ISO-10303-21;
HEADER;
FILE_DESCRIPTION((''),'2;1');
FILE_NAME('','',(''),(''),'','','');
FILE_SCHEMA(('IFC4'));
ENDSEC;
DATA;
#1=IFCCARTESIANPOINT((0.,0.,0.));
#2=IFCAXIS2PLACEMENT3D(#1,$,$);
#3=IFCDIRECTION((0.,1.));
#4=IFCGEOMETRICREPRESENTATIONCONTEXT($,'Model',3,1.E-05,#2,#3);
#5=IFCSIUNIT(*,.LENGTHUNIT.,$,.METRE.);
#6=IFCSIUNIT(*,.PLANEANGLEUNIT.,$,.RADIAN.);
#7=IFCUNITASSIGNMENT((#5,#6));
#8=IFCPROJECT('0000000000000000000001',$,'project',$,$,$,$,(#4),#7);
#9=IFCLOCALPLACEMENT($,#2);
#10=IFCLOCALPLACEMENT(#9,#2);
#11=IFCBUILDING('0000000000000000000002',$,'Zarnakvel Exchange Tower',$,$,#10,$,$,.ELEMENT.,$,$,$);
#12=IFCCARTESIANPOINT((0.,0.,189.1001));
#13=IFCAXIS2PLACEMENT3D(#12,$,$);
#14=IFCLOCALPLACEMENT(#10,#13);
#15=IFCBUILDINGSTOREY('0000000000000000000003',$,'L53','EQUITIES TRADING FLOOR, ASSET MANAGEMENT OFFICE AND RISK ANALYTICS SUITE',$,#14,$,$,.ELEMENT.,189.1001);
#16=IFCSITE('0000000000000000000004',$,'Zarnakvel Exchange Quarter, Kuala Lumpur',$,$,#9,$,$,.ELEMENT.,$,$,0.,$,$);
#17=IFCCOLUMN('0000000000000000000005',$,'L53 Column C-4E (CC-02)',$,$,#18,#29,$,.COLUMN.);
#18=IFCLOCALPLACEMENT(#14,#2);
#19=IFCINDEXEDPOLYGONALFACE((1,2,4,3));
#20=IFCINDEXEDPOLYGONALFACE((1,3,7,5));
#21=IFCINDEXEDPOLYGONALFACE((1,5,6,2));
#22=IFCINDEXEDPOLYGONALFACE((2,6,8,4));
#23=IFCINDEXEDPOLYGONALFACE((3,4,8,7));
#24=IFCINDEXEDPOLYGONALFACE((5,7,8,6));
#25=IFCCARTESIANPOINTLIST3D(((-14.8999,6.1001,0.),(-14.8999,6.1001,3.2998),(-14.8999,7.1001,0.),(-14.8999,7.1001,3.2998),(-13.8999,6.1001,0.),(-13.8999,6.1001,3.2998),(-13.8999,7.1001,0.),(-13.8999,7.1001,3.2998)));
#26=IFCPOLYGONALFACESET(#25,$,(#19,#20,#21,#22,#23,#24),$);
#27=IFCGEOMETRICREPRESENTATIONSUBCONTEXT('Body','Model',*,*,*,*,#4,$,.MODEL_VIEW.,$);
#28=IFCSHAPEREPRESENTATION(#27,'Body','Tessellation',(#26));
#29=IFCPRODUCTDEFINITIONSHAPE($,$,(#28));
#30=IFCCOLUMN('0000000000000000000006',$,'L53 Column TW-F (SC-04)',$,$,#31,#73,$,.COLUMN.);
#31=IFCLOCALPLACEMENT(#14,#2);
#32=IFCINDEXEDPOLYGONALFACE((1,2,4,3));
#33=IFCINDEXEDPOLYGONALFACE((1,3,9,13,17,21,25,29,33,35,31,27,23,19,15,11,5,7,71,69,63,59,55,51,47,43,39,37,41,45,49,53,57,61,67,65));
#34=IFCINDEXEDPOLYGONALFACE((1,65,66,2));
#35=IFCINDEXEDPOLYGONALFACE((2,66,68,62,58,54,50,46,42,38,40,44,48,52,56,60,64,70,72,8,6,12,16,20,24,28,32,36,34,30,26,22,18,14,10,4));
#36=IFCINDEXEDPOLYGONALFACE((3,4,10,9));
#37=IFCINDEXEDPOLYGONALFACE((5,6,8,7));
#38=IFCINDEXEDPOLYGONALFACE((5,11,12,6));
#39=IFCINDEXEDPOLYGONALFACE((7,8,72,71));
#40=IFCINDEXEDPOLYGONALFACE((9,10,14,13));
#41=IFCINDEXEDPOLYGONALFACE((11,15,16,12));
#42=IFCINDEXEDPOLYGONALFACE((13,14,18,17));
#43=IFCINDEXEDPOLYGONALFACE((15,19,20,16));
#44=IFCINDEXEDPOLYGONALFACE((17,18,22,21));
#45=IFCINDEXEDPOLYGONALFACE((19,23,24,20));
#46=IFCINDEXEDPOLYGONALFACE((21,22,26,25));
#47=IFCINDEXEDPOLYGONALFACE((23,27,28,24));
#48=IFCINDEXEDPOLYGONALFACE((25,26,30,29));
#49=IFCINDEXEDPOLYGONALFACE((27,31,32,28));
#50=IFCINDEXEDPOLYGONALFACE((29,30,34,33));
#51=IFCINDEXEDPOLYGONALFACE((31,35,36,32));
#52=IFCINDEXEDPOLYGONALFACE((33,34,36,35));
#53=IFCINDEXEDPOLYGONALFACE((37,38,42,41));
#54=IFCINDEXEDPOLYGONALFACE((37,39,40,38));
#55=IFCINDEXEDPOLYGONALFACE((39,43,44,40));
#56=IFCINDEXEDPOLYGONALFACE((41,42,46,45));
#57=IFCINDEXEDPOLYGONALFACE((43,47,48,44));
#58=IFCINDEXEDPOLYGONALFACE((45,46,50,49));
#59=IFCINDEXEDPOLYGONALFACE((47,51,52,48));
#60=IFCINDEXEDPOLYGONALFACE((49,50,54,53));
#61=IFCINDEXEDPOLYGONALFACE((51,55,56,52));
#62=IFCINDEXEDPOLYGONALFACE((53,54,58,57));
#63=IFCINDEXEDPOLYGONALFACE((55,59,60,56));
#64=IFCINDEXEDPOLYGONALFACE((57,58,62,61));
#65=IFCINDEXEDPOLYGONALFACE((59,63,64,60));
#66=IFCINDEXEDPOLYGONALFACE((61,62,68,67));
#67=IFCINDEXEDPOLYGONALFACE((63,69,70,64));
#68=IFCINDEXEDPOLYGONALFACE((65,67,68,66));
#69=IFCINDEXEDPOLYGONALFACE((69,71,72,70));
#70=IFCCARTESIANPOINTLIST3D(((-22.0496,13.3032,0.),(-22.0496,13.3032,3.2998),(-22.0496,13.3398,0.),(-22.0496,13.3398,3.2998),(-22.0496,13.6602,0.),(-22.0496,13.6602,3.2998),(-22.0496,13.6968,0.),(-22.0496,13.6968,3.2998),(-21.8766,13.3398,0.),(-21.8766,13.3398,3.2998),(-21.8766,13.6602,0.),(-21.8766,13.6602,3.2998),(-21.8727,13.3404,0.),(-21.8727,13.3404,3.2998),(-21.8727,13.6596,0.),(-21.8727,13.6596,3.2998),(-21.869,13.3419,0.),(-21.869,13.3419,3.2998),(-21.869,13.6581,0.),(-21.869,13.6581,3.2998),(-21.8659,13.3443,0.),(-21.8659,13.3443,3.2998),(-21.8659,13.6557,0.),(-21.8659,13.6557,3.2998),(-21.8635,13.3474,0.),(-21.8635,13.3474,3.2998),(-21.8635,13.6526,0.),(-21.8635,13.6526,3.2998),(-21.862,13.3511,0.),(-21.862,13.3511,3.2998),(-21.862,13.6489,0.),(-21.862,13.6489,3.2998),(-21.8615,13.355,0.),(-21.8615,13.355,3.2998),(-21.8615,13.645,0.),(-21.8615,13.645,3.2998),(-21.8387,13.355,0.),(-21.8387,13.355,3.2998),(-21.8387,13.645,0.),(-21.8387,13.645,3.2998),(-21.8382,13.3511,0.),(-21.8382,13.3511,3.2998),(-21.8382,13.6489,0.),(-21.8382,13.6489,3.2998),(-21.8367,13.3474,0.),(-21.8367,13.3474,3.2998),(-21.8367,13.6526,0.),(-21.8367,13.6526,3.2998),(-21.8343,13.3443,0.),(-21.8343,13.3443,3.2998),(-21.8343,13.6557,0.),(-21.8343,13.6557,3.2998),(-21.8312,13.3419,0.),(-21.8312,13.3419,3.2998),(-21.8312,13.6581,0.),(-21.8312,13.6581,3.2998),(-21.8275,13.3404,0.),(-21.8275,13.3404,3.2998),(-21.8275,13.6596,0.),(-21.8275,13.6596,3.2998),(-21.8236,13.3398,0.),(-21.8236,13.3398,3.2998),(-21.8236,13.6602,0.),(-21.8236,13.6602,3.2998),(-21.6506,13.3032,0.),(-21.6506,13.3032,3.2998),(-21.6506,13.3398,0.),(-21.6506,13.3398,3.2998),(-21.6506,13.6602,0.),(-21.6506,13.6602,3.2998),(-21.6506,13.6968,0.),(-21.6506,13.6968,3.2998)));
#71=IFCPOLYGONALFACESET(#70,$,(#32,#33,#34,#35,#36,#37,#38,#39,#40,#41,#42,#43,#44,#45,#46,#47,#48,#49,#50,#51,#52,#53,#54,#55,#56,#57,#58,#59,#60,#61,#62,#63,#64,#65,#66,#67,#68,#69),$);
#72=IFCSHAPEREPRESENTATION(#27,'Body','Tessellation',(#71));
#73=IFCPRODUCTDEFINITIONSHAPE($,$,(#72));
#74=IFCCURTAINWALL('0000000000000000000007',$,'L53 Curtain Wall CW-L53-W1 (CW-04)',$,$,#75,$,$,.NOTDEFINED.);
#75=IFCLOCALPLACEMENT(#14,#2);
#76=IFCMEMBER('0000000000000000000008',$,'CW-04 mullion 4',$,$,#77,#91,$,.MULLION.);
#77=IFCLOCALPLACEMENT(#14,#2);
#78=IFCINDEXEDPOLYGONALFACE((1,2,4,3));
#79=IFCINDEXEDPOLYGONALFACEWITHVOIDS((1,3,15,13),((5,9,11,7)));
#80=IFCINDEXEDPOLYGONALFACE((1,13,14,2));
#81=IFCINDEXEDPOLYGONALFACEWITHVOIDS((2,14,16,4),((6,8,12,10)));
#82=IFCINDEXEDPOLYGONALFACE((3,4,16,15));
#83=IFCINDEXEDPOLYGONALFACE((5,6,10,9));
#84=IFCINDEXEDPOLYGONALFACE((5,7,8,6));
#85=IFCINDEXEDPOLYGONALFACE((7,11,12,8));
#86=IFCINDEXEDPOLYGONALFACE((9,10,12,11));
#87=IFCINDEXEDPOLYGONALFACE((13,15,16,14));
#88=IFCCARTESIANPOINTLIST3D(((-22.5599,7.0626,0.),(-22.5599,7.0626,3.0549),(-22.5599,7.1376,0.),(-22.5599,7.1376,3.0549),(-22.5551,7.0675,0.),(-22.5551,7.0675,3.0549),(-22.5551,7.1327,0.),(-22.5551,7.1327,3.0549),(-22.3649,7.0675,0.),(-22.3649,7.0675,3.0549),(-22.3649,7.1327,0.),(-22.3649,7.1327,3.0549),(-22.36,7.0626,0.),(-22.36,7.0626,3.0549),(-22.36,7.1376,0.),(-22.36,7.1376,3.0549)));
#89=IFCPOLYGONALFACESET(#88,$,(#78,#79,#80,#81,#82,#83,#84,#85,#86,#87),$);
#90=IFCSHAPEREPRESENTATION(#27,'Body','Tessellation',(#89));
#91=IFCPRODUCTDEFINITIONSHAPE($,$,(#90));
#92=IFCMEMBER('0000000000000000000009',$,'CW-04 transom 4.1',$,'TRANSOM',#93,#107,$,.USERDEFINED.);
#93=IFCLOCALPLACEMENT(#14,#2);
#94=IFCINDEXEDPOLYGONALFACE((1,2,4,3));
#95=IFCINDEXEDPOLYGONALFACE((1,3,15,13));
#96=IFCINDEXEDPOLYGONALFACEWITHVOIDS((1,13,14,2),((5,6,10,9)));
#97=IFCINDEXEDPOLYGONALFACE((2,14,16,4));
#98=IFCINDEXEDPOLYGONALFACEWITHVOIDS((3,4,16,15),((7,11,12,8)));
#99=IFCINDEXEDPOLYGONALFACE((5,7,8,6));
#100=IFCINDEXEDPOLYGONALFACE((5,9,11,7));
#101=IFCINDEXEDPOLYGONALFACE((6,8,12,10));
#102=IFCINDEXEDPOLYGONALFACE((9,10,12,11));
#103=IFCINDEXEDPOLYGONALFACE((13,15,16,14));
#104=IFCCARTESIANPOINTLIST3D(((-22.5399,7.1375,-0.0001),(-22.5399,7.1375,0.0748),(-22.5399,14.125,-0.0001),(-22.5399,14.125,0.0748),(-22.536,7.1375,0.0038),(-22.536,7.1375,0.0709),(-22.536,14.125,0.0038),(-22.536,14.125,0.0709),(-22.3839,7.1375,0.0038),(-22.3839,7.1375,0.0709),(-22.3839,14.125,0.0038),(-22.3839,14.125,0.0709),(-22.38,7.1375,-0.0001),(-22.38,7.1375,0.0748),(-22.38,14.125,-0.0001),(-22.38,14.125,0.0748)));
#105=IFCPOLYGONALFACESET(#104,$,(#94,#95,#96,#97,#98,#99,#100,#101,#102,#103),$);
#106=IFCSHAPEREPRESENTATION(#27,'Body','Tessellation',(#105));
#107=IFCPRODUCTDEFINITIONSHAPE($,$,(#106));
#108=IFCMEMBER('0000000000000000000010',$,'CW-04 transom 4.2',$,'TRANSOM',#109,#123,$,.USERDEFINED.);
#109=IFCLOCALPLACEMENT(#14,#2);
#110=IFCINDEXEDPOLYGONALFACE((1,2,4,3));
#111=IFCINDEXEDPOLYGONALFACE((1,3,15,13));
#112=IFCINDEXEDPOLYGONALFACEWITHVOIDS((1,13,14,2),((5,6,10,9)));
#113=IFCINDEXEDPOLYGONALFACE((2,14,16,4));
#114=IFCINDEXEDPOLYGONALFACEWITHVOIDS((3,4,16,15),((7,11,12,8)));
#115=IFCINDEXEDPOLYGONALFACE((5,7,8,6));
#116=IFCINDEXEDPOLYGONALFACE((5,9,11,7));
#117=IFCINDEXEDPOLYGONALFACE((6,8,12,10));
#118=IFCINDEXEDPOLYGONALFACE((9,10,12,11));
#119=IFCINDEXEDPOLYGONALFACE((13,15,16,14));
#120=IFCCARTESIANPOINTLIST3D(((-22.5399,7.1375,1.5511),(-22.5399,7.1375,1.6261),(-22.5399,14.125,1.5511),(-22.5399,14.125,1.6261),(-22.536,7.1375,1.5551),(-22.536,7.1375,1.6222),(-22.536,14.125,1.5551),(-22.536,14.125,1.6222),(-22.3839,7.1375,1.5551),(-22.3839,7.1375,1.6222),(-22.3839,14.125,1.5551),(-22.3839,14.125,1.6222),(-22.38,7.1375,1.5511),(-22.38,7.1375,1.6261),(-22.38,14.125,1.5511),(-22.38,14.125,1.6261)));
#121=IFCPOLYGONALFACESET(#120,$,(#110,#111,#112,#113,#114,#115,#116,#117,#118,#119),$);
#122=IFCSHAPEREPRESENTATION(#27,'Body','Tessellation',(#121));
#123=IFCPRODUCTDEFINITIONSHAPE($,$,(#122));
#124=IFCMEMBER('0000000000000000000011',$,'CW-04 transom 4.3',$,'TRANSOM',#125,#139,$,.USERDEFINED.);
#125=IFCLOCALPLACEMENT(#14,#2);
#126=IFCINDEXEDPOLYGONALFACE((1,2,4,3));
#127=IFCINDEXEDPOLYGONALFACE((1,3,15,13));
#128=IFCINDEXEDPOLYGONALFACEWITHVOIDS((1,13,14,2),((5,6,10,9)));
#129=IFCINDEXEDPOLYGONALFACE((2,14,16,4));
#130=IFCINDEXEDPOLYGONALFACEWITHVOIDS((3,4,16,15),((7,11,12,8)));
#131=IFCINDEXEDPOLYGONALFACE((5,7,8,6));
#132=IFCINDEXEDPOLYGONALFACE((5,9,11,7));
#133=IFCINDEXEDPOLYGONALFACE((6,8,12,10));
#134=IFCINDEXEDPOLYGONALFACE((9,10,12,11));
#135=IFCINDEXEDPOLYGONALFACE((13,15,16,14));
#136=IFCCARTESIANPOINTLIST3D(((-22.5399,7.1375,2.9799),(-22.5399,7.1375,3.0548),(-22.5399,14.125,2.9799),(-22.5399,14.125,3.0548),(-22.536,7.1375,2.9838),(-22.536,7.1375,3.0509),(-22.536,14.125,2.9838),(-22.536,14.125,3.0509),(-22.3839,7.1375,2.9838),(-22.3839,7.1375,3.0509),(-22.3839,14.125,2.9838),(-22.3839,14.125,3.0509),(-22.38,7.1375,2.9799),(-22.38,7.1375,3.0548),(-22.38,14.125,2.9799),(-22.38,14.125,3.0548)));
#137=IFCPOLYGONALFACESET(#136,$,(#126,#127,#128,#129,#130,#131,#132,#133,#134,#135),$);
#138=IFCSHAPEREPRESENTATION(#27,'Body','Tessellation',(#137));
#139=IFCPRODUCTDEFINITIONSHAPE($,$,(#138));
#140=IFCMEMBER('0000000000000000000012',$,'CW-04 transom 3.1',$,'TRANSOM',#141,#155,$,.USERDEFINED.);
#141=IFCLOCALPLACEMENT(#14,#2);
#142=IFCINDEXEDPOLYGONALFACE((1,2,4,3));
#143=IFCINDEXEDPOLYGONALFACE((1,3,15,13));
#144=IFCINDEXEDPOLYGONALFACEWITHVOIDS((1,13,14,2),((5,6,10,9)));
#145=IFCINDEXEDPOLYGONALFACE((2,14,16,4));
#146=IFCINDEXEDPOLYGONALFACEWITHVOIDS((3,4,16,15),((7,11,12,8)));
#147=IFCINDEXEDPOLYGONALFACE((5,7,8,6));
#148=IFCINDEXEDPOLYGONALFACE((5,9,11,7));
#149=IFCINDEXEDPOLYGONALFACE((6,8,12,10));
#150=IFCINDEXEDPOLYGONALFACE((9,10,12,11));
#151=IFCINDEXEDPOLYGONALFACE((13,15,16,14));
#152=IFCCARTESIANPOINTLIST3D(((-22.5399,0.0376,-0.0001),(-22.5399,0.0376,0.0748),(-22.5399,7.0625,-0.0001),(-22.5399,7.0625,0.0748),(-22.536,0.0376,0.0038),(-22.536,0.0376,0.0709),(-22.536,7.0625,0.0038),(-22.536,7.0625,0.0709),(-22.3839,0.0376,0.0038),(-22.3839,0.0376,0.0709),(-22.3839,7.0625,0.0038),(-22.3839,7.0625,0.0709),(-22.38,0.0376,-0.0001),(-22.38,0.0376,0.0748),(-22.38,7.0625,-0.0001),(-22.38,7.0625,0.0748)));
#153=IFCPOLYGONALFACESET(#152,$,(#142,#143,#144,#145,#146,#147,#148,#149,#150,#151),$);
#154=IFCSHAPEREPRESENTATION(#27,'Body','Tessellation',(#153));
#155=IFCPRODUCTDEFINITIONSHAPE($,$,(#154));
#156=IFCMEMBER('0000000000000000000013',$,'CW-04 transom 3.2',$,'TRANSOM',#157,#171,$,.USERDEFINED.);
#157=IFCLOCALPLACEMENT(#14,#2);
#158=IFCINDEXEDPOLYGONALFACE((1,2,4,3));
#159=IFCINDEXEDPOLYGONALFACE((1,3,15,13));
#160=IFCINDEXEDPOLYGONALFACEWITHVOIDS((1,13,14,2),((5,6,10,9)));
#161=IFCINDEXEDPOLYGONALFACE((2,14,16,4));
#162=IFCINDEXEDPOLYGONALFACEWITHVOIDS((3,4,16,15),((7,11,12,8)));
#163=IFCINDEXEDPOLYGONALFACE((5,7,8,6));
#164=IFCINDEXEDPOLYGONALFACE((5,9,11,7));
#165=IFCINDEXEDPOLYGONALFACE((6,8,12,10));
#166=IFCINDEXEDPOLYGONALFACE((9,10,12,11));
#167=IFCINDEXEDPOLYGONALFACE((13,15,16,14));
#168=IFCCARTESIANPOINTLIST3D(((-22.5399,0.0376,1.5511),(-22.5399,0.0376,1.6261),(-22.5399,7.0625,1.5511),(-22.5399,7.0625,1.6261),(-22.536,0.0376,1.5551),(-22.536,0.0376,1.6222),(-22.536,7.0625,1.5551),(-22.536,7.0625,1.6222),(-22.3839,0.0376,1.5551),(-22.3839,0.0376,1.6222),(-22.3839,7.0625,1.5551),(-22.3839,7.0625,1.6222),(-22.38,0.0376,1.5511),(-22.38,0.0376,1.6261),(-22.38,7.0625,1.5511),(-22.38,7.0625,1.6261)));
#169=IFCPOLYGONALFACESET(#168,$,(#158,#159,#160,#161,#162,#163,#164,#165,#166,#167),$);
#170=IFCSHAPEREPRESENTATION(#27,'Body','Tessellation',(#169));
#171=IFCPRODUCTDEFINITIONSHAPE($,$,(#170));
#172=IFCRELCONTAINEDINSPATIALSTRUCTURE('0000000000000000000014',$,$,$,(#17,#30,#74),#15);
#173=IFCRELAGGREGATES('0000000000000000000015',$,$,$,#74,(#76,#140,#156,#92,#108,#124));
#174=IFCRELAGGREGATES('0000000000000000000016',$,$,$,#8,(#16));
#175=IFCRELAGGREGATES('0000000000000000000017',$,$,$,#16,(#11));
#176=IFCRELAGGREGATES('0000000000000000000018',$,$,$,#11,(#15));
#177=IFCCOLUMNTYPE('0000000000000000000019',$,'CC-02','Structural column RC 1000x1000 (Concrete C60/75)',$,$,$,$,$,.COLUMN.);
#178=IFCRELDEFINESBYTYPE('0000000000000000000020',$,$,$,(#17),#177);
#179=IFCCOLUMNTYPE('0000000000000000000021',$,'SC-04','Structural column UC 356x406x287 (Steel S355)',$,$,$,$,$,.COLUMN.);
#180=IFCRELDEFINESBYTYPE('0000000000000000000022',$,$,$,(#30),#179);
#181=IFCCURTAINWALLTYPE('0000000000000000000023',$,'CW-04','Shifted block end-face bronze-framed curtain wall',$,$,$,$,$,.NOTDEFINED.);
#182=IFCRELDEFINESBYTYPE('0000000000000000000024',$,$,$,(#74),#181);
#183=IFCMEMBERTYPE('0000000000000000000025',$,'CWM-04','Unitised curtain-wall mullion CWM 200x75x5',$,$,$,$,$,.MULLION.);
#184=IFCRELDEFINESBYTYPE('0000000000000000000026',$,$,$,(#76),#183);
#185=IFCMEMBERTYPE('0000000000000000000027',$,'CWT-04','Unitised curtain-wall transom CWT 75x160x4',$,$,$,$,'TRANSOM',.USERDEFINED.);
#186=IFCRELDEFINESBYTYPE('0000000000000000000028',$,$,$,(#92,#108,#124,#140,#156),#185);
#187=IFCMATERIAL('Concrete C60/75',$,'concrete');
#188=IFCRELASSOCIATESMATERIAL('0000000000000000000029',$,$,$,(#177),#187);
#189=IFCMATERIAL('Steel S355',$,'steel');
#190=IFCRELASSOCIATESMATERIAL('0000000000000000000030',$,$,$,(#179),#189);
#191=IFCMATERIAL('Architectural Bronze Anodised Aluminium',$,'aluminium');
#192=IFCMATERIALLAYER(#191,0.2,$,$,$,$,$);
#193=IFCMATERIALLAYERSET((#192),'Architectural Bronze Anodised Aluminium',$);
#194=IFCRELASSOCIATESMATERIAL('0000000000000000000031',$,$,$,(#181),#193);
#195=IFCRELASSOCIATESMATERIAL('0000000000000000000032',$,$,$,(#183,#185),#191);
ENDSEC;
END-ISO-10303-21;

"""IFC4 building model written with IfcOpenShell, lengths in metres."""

from ifc_helpers import new_model, si_unit, direction, frame, origin, origin_2d, place, context, subcontext, project, spatial, rectangle, hollow_rectangle, i_section, extrude, source, transform, mapped, material, layer, layer_set, material_profile, profile_set, type_object, element, aggregate, save


model = new_model("IFC4")

# Units and contexts
model_context = context("Model", 3, precision=1e-05, world=origin(), true_north=direction((0.0, 1.0)))
body_context = subcontext(model_context, "Body", "Model", "MODEL_VIEW")
ifc_project = project(units=[si_unit("LENGTHUNIT", "METRE"), si_unit("PLANEANGLEUNIT", "RADIAN")], contexts=[model_context])

# Site, building, storey
site_placement = place(None, origin())
site = spatial("IfcSite", under=ifc_project, at=site_placement, Name="Zarnakvel Exchange Quarter, Kuala Lumpur", CompositionType="ELEMENT", RefElevation=0.0)
building_placement = place(site_placement, origin())
building = spatial("IfcBuilding", under=site, at=building_placement, Name="Zarnakvel Exchange Tower", CompositionType="ELEMENT")
storey_placement = place(building_placement, frame((0.0, 0.0, 189.1001)))
storey = spatial("IfcBuildingStorey", under=building, at=storey_placement, Name="L53", Description="EQUITIES TRADING FLOOR, ASSET MANAGEMENT OFFICE AND RISK ANALYTICS SUITE", CompositionType="ELEMENT", Elevation=189.1001)

# Columns
ifc_material_1 = material(Name="Concrete C60/75", Category="concrete")
ifc_material_profile_1 = material_profile(ifc_material_1, rectangle(XDim=1.0, YDim=1.0, at=origin_2d()))
ifc_profile_set_1 = profile_set([ifc_material_profile_1], Name="Concrete C60/75")
column_type_1 = type_object("IfcColumnType", Name="CC-02", Description="Structural column RC 1000x1000 (Concrete C60/75)", PredefinedType="COLUMN", material=ifc_profile_set_1)
column_1_placement = place(storey_placement, frame((-14.3999, 6.6001, 0.0), z_axis=(0.0, 0.0, 1.0), x_axis=(1.0, 0.0, 0.0)))
element("IfcColumn", 1, at=column_1_placement, inside=storey, type_object=column_type_1, Name="L53 Column C-4E (CC-02)", PredefinedType="COLUMN", context=body_context, shape_type="SweptSolid", body=[
    extrude(rectangle(XDim=1.0, YDim=1.0, at=origin_2d()), origin(), (0.0, 0.0, 1.0), 3.2998),
])
ifc_material_2 = material(Name="Steel S355", Category="steel")
ifc_material_profile_2 = material_profile(ifc_material_2, i_section(OverallWidth=0.3989, OverallDepth=0.3936, WebThickness=0.0227, FlangeThickness=0.0366, FilletRadius=0.0151, at=origin_2d()))
ifc_profile_set_2 = profile_set([ifc_material_profile_2], Name="Steel S355")
column_type_2 = type_object("IfcColumnType", Name="SC-04", Description="Structural column UC 356x406x287 (Steel S355)", PredefinedType="COLUMN", material=ifc_profile_set_2)
column_2_placement = place(storey_placement, frame((-21.8501, 13.5, 0.0), z_axis=(0.0, 0.0, 1.0), x_axis=(1.0, 0.0, 0.0)))
element("IfcColumn", 2, at=column_2_placement, inside=storey, type_object=column_type_2, Name="L53 Column TW-F (SC-04)", PredefinedType="COLUMN", context=body_context, shape_type="SweptSolid", body=[
    extrude(i_section(OverallWidth=0.3989, OverallDepth=0.3936, WebThickness=0.0227, FlangeThickness=0.0366, FilletRadius=0.0151, at=origin_2d()), origin(), (0.0, 0.0, 1.0), 3.2998),
])

# Curtain wall, members
ifc_material_3 = material(Name="Architectural Bronze Anodised Aluminium", Category="aluminium")
ifc_layer_1 = layer(ifc_material_3, 0.2)
ifc_layer_set_1 = layer_set([ifc_layer_1], Name="Architectural Bronze Anodised Aluminium")
curtain_wall_type = type_object("IfcCurtainWallType", Name="CW-04", Description="Shifted block end-face bronze-framed curtain wall", PredefinedType="NOTDEFINED", material=ifc_layer_set_1)
curtain_wall_placement = place(storey_placement, origin())
curtain_wall = element("IfcCurtainWall", 3, at=curtain_wall_placement, inside=storey, type_object=curtain_wall_type, Name="L53 Curtain Wall CW-L53-W1 (CW-04)", PredefinedType="NOTDEFINED")
ifc_material_profile_3 = material_profile(ifc_material_3, hollow_rectangle(XDim=0.2, YDim=0.075, WallThickness=0.0049, at=origin_2d()))
ifc_profile_set_3 = profile_set([ifc_material_profile_3], Name="Architectural Bronze Anodised Aluminium")
member_type_1 = type_object("IfcMemberType", Name="CWM-04", Description="Unitised curtain-wall mullion CWM 200x75x5", PredefinedType="MULLION", material=ifc_profile_set_3)
shared_shape_1 = source(origin(), body_context, "Body", "SweptSolid", [
    extrude(hollow_rectangle(XDim=0.2, YDim=0.075, WallThickness=0.0049, at=origin_2d()), origin(), (0.0, 0.0, 1.0), 3.0549),
])
member_1_placement = place(storey_placement, frame((-22.46, 7.1001, 0.0), z_axis=(0.0, 0.0, 1.0), x_axis=(-1.0, 0.0, 0.0)))
member_1 = element("IfcMember", 4, at=member_1_placement, type_object=member_type_1, Name="CW-04 mullion 4", PredefinedType="MULLION", context=body_context, shape_type="MappedRepresentation", body=[
    mapped(shared_shape_1, transform((0.0, 0.0, 0.0), x_axis=(1.0, 0.0, 0.0), y_axis=(0.0, 1.0, 0.0), z_axis=(0.0, 0.0, 1.0), scale=1.0)),
])
ifc_material_profile_4 = material_profile(ifc_material_3, hollow_rectangle(XDim=0.1599, YDim=0.075, WallThickness=0.0039, at=origin_2d()))
ifc_profile_set_4 = profile_set([ifc_material_profile_4], Name="Architectural Bronze Anodised Aluminium")
member_type_2 = type_object("IfcMemberType", Name="CWT-04", Description="Unitised curtain-wall transom CWT 75x160x4", ElementType="TRANSOM", PredefinedType="USERDEFINED", material=ifc_profile_set_4)
shared_shape_2 = source(origin(), body_context, "Body", "SweptSolid", [
    extrude(hollow_rectangle(XDim=0.1599, YDim=0.075, WallThickness=0.0039, at=origin_2d()), origin(), (0.0, 0.0, 1.0), 6.9875),
])
member_2_placement = place(storey_placement, frame((-22.46, 7.1375, 0.0374), z_axis=(0.0, 1.0, 0.0), x_axis=(-1.0, 0.0, 0.0)))
member_2 = element("IfcMember", 5, at=member_2_placement, type_object=member_type_2, Name="CW-04 transom 4.1", ObjectType="TRANSOM", PredefinedType="USERDEFINED", context=body_context, shape_type="MappedRepresentation", body=[
    mapped(shared_shape_2, transform((0.0, 0.0, 0.0), x_axis=(1.0, 0.0, 0.0), y_axis=(0.0, 1.0, 0.0), z_axis=(0.0, 0.0, 1.0), scale=1.0)),
])
member_3_placement = place(storey_placement, frame((-22.46, 7.1375, 1.5886), z_axis=(0.0, 1.0, 0.0), x_axis=(-1.0, 0.0, 0.0)))
member_3 = element("IfcMember", 6, at=member_3_placement, type_object=member_type_2, Name="CW-04 transom 4.2", ObjectType="TRANSOM", PredefinedType="USERDEFINED", context=body_context, shape_type="MappedRepresentation", body=[
    mapped(shared_shape_2, transform((0.0, 0.0, 0.0), x_axis=(1.0, 0.0, 0.0), y_axis=(0.0, 1.0, 0.0), z_axis=(0.0, 0.0, 1.0), scale=1.0)),
])
member_4_placement = place(storey_placement, frame((-22.46, 7.1375, 3.0173), z_axis=(0.0, 1.0, 0.0), x_axis=(-1.0, 0.0, 0.0)))
member_4 = element("IfcMember", 7, at=member_4_placement, type_object=member_type_2, Name="CW-04 transom 4.3", ObjectType="TRANSOM", PredefinedType="USERDEFINED", context=body_context, shape_type="MappedRepresentation", body=[
    mapped(shared_shape_2, transform((0.0, 0.0, 0.0), x_axis=(1.0, 0.0, 0.0), y_axis=(0.0, 1.0, 0.0), z_axis=(0.0, 0.0, 1.0), scale=1.0)),
])
shared_shape_3 = source(origin(), body_context, "Body", "SweptSolid", [
    extrude(hollow_rectangle(XDim=0.1599, YDim=0.075, WallThickness=0.0039, at=origin_2d()), origin(), (0.0, 0.0, 1.0), 7.0249),
])
member_5_placement = place(storey_placement, frame((-22.46, 0.0376, 0.0374), z_axis=(0.0, 1.0, 0.0), x_axis=(-1.0, 0.0, 0.0)))
member_5 = element("IfcMember", 8, at=member_5_placement, type_object=member_type_2, Name="CW-04 transom 3.1", ObjectType="TRANSOM", PredefinedType="USERDEFINED", context=body_context, shape_type="MappedRepresentation", body=[
    mapped(shared_shape_3, transform((0.0, 0.0, 0.0), x_axis=(1.0, 0.0, 0.0), y_axis=(0.0, 1.0, 0.0), z_axis=(0.0, 0.0, 1.0), scale=1.0)),
])
member_6_placement = place(storey_placement, frame((-22.46, 0.0376, 1.5886), z_axis=(0.0, 1.0, 0.0), x_axis=(-1.0, 0.0, 0.0)))
member_6 = element("IfcMember", 9, at=member_6_placement, type_object=member_type_2, Name="CW-04 transom 3.2", ObjectType="TRANSOM", PredefinedType="USERDEFINED", context=body_context, shape_type="MappedRepresentation", body=[
    mapped(shared_shape_3, transform((0.0, 0.0, 0.0), x_axis=(1.0, 0.0, 0.0), y_axis=(0.0, 1.0, 0.0), z_axis=(0.0, 0.0, 1.0), scale=1.0)),
])
aggregate(curtain_wall, [member_1, member_5, member_6, member_2, member_3, member_4])

save(model, "model.ifc")
